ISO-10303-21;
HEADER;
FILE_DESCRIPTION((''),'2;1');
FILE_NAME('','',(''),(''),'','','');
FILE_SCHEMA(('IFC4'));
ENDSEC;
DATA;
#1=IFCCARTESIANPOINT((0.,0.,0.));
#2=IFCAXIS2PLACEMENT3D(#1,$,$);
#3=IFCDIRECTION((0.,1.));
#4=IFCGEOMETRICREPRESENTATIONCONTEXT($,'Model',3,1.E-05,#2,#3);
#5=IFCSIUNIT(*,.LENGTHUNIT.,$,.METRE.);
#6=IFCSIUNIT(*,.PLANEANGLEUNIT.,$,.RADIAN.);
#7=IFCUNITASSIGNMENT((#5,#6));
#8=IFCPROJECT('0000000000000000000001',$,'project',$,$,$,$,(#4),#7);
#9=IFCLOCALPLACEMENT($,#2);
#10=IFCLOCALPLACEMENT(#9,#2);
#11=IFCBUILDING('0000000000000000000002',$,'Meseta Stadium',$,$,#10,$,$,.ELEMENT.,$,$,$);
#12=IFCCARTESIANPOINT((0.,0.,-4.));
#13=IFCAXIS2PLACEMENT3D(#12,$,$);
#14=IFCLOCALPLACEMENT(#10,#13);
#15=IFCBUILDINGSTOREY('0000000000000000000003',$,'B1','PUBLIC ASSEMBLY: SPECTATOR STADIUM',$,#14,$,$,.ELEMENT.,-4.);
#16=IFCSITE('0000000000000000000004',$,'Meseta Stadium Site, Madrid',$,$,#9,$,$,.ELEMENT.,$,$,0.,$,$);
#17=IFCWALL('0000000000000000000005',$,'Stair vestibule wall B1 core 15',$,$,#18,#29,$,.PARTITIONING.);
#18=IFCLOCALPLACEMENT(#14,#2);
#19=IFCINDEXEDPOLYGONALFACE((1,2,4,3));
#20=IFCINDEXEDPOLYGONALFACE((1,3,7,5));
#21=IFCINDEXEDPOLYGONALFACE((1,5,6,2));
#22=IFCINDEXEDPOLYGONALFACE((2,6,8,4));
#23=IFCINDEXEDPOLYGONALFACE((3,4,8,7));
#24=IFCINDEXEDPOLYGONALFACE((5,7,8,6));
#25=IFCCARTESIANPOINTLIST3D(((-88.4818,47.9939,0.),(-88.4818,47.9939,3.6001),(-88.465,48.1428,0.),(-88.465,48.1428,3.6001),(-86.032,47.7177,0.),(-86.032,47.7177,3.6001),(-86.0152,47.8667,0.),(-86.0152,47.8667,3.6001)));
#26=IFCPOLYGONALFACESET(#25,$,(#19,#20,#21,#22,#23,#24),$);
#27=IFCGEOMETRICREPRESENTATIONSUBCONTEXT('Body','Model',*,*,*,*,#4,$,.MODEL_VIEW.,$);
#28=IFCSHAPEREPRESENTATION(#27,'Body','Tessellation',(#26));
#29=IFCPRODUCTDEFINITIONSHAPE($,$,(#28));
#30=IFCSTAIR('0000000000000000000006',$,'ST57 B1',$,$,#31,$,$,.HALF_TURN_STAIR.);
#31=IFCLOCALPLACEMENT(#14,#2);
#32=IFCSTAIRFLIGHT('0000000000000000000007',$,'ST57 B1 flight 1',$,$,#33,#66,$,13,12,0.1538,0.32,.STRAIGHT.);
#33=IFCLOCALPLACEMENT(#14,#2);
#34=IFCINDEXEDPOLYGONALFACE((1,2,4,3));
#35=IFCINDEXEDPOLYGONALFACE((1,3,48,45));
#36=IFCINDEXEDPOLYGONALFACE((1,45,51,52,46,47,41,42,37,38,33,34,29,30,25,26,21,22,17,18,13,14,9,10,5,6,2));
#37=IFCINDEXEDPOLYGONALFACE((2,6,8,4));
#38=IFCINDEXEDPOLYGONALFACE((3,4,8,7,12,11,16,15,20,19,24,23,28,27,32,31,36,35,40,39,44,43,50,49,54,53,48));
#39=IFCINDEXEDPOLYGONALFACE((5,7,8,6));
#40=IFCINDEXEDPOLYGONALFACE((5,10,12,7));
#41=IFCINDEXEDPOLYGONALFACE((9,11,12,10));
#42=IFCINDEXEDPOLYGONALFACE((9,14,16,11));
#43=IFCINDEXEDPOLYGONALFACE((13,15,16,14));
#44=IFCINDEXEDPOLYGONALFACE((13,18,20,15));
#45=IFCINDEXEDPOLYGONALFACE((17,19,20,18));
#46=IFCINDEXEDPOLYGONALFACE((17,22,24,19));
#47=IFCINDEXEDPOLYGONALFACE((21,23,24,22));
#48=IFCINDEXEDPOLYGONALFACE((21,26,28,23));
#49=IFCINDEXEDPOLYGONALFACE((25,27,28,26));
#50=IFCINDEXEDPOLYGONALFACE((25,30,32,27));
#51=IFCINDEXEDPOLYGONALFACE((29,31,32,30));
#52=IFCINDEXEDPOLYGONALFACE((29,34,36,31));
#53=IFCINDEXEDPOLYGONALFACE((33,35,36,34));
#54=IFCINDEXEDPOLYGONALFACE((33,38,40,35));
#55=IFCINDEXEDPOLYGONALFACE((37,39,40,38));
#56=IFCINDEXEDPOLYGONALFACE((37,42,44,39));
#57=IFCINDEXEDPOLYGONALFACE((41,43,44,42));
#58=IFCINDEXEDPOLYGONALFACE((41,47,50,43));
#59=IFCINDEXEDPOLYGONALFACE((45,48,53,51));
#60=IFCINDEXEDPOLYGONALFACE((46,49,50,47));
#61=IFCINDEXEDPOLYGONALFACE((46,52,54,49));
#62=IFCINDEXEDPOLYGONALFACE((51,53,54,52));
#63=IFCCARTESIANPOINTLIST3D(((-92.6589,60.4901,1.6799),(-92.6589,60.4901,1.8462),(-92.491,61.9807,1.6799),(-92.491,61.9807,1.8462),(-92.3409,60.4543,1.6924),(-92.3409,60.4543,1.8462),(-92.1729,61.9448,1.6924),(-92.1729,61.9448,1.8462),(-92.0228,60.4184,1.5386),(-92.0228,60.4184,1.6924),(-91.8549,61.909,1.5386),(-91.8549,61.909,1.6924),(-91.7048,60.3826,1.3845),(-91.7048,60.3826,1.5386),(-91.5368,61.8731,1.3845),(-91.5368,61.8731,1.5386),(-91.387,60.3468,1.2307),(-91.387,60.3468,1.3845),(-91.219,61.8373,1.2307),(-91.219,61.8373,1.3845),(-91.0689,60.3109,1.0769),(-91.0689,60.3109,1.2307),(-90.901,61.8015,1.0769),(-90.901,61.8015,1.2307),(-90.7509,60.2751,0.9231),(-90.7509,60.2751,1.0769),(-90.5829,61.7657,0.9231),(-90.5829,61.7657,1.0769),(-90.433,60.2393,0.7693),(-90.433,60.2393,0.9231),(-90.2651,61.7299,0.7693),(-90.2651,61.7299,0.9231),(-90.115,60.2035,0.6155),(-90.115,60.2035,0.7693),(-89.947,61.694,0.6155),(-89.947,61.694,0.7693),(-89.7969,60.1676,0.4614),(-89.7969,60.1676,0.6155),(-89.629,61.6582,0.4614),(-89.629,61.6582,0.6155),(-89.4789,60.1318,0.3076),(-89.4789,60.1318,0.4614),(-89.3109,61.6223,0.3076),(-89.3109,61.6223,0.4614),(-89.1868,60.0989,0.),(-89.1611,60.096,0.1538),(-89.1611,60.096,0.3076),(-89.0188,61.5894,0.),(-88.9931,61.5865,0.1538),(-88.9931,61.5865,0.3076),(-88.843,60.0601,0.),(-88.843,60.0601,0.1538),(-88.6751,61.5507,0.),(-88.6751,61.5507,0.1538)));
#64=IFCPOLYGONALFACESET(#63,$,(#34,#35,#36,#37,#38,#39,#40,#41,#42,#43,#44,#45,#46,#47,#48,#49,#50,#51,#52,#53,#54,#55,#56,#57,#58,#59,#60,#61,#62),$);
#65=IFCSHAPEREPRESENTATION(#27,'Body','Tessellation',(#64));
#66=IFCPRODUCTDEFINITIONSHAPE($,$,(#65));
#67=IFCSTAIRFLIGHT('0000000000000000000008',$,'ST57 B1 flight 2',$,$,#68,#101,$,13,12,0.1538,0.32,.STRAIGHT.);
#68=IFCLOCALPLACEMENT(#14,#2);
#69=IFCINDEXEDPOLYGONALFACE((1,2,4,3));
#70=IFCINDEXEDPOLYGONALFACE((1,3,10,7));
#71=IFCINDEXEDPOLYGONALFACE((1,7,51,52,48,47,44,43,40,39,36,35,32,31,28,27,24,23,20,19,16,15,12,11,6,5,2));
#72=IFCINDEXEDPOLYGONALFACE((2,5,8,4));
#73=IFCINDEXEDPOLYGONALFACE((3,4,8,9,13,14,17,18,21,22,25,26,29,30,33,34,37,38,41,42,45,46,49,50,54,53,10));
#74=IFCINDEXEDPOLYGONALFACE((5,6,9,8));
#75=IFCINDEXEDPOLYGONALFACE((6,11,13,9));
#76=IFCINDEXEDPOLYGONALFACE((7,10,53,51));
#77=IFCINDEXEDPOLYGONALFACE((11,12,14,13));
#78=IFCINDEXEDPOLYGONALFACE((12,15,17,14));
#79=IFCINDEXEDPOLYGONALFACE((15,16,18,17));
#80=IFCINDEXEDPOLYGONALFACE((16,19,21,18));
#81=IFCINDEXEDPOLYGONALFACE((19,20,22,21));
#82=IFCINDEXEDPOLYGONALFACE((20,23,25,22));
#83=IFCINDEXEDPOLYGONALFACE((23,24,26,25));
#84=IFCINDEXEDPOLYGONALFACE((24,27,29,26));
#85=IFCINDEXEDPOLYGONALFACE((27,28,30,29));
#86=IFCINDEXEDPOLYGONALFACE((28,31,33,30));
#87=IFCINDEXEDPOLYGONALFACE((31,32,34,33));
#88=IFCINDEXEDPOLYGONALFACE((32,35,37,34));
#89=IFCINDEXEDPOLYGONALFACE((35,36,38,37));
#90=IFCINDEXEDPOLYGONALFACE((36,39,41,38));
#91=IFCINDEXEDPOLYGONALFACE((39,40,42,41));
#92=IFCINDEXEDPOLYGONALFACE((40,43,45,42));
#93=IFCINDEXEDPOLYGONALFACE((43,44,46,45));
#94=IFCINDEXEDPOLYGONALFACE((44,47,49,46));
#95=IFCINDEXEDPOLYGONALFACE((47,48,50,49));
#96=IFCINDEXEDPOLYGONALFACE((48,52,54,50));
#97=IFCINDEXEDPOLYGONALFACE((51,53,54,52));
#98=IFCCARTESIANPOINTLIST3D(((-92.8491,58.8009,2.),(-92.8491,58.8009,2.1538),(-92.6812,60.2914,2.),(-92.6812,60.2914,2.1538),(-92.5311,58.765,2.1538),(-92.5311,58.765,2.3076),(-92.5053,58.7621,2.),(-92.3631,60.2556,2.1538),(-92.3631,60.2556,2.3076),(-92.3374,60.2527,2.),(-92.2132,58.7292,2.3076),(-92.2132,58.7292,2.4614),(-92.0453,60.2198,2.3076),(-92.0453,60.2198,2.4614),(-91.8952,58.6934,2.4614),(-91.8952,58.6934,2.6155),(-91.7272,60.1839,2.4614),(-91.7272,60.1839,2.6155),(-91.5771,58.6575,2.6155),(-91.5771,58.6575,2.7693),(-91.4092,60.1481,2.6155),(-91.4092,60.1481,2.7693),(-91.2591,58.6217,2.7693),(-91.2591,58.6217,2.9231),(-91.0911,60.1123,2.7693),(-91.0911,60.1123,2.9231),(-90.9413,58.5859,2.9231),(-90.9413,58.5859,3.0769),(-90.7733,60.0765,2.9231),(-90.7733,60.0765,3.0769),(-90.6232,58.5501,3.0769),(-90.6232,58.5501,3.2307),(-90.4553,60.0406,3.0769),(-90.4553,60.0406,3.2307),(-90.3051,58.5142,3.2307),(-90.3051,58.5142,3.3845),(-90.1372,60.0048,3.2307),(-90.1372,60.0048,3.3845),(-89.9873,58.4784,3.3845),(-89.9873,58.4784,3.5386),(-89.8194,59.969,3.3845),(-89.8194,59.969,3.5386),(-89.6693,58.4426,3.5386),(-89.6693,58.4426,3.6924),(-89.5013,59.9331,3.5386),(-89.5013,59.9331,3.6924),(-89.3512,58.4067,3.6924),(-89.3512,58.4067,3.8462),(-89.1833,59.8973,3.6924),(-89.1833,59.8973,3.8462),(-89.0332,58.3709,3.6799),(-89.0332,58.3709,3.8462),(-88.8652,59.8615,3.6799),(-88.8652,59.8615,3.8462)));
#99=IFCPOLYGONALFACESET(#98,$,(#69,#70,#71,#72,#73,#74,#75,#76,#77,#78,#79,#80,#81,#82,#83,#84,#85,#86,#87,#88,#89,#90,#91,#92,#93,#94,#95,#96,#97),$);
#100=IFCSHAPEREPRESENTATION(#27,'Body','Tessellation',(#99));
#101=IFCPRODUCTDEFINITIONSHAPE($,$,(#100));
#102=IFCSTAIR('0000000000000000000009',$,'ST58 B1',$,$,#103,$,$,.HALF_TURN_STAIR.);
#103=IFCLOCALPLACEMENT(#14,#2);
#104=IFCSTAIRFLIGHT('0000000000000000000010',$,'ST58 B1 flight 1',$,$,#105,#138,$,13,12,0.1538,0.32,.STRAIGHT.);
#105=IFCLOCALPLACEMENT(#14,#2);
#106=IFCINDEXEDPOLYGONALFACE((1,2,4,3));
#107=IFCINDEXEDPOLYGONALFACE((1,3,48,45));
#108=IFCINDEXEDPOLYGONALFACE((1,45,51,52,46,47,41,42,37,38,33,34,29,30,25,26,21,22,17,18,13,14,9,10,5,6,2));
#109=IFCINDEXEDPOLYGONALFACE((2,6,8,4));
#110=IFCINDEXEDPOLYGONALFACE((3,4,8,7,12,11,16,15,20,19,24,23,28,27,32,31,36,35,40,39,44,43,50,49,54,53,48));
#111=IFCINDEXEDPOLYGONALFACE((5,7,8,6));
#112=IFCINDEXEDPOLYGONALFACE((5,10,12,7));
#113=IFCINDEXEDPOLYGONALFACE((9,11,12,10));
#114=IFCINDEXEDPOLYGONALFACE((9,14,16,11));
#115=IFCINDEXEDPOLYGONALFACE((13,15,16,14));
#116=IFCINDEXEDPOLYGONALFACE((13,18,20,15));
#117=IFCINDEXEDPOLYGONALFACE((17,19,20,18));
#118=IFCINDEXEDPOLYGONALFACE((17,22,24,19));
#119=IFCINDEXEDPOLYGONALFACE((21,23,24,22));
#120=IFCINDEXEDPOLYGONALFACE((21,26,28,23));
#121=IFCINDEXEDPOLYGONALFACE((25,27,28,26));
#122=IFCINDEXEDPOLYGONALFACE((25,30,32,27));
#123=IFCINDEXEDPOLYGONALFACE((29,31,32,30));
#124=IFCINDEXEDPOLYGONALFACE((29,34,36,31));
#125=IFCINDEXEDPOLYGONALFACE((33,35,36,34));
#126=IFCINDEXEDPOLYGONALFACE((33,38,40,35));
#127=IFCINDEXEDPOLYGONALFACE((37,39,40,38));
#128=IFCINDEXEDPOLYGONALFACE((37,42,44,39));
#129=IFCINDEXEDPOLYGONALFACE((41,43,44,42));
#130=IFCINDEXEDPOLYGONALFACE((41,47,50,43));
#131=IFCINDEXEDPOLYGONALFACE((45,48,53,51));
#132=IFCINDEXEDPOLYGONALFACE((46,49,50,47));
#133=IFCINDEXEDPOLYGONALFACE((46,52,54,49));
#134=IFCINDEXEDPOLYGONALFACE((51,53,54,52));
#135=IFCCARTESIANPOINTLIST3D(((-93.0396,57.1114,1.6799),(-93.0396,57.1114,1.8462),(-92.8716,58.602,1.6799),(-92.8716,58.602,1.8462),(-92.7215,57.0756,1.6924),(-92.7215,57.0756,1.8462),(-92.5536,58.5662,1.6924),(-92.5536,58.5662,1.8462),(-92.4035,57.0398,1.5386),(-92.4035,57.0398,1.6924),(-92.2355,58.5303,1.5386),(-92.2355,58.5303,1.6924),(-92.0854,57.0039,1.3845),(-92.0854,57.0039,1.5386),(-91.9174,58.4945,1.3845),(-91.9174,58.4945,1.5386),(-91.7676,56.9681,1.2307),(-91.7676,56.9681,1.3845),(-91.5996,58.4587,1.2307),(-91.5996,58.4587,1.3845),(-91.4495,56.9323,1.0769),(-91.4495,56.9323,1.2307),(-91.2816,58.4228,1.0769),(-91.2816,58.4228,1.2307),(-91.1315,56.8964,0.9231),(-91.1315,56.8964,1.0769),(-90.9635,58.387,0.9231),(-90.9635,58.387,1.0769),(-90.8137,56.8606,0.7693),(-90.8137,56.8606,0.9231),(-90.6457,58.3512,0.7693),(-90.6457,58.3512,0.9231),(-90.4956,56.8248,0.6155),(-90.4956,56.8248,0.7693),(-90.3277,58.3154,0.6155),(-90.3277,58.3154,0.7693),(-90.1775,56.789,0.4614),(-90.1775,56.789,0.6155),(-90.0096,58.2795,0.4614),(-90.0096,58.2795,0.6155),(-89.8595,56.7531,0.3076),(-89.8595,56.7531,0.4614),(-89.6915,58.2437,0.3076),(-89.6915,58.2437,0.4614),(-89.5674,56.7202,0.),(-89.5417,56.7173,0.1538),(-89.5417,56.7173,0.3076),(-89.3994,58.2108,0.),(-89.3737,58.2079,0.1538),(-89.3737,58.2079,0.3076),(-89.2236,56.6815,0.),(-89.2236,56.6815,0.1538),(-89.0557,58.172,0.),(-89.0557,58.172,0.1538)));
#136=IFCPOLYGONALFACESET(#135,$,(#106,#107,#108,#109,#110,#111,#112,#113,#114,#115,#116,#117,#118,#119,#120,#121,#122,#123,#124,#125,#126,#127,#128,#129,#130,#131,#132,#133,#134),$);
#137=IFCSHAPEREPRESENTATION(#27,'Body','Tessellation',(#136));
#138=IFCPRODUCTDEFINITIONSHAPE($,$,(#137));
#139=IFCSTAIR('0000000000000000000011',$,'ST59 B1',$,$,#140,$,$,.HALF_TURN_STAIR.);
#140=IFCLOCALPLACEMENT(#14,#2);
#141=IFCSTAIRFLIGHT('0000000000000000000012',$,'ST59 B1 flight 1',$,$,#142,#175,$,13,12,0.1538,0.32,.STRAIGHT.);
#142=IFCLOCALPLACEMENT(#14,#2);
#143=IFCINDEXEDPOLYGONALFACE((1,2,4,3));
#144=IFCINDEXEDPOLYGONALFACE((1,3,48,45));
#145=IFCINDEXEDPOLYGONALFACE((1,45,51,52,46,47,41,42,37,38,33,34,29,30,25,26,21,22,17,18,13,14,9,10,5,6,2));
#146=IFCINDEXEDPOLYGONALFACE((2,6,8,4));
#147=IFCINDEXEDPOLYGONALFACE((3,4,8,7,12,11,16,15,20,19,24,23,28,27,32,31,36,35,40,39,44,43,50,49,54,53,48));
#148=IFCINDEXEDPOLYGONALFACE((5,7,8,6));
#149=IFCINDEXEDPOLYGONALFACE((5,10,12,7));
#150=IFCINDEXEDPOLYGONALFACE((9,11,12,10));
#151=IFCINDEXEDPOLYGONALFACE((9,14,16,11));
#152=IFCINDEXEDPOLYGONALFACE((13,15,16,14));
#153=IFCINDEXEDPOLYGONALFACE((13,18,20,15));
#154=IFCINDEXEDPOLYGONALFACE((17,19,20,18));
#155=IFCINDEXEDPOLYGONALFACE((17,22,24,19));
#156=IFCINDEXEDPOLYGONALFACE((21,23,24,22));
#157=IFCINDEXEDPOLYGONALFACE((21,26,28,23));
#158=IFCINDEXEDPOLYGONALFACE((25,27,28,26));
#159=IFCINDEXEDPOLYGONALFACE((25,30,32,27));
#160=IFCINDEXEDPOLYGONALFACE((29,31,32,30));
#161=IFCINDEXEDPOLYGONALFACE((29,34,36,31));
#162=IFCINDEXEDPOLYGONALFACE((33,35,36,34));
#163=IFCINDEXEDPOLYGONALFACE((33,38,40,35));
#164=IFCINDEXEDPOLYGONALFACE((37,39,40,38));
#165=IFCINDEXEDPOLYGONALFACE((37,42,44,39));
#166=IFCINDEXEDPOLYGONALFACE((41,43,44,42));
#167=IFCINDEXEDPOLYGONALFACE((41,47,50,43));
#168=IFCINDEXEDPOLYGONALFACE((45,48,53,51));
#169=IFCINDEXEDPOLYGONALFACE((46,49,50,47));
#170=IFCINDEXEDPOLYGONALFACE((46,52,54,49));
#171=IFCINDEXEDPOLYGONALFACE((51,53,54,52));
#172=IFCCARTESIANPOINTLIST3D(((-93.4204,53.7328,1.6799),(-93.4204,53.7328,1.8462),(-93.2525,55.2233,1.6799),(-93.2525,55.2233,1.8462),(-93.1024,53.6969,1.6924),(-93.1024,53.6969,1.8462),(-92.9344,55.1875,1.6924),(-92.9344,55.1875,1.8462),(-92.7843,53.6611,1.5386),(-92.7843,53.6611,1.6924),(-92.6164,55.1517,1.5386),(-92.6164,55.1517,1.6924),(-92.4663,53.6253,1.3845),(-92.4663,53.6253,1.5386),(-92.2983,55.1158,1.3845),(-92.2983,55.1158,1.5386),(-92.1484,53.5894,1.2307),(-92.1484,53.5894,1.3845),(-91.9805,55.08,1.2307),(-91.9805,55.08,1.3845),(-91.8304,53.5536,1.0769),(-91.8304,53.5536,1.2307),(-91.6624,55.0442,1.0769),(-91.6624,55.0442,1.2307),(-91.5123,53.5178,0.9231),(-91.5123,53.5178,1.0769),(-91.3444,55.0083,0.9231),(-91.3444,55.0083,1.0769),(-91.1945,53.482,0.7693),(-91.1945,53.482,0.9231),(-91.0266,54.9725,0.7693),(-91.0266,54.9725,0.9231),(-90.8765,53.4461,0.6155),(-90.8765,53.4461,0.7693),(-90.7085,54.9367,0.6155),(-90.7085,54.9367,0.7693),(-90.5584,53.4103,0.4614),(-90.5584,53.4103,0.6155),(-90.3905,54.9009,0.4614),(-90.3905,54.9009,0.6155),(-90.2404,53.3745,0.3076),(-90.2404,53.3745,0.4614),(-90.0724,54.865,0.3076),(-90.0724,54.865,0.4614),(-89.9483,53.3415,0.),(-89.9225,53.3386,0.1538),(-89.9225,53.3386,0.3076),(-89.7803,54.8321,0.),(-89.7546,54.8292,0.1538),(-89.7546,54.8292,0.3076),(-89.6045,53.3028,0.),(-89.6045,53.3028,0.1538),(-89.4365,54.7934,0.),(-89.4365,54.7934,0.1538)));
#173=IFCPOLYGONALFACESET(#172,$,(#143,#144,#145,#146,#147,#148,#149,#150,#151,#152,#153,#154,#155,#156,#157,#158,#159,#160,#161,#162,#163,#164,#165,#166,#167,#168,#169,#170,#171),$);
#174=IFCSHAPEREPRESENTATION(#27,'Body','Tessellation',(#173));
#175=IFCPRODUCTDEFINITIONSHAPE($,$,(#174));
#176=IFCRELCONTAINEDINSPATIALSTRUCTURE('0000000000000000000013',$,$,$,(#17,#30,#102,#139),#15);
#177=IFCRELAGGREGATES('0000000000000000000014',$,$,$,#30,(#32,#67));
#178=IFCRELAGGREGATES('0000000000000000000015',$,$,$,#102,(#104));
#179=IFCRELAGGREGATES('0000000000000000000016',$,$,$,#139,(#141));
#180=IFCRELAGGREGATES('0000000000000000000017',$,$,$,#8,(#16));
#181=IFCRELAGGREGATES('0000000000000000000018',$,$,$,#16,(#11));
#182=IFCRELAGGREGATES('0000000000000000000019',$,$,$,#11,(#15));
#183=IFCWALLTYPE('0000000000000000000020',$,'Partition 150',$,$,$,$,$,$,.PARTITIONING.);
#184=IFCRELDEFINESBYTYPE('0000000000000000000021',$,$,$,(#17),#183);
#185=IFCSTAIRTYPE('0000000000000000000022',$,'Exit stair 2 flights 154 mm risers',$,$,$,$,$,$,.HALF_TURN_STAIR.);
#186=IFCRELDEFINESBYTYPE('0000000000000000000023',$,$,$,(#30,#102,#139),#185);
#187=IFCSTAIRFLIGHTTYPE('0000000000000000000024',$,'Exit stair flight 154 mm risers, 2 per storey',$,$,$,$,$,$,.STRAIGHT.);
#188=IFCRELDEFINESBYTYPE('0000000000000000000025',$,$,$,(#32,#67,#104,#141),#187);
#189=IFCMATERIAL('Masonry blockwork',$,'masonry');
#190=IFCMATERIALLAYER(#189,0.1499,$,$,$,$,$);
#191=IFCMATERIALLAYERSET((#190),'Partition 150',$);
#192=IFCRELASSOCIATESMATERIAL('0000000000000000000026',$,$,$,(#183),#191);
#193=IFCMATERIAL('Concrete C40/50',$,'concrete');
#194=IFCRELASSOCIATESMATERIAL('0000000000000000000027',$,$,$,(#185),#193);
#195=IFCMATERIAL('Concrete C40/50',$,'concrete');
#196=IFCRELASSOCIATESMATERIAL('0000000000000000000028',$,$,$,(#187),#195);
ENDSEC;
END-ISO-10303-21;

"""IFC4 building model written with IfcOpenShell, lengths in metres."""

from ifc_helpers import new_model, si_unit, direction, frame, frame_2d, origin, place, context, subcontext, project, spatial, polyline, rectangle, outline, extrude, material, layer, layer_set, type_object, element, aggregate, save


model = new_model("IFC4")

# Units and contexts
model_context = context("Model", 3, precision=1e-05, world=origin(), true_north=direction((0.0, 1.0)))
body_context = subcontext(model_context, "Body", "Model", "MODEL_VIEW")
ifc_project = project(units=[si_unit("LENGTHUNIT", "METRE"), si_unit("PLANEANGLEUNIT", "RADIAN")], contexts=[model_context])

# Site, building, storey
site_placement = place(None, origin())
site = spatial("IfcSite", under=ifc_project, at=site_placement, Name="Meseta Stadium Site, Madrid", CompositionType="ELEMENT", RefElevation=0.0)
building_placement = place(site_placement, origin())
building = spatial("IfcBuilding", under=site, at=building_placement, Name="Meseta Stadium", CompositionType="ELEMENT")
storey_placement = place(building_placement, frame((0.0, 0.0, -4.0)))
storey = spatial("IfcBuildingStorey", under=building, at=storey_placement, Name="B1", Description="PUBLIC ASSEMBLY: SPECTATOR STADIUM", CompositionType="ELEMENT", Elevation=-4.0)

# Wall
ifc_material_1 = material(Name="Masonry blockwork", Category="masonry")
ifc_layer = layer(ifc_material_1, 0.1499)
ifc_layer_set = layer_set([ifc_layer], Name="Partition 150")
wall_type = type_object("IfcWallType", Name="Partition 150", PredefinedType="PARTITIONING", material=ifc_layer_set)
wall_placement = place(storey_placement, frame((-88.4734, 48.0684, 0.0), z_axis=(0.0, 0.0, 1.0), x_axis=(0.993707, -0.112007, 0.0)))
element("IfcWall", 1, at=wall_placement, inside=storey, type_object=wall_type, Name="Stair vestibule wall B1 core 15", PredefinedType="PARTITIONING", context=body_context, shape_type="SweptSolid", body=[
    extrude(rectangle(XDim=2.4653, YDim=0.1499, at=frame_2d((1.2327, 0.0))), origin(), (0.0, 0.0, 1.0), 3.6001),
])

# Stair, stair flights
ifc_material_2 = material(Name="Concrete C40/50", Category="concrete")
stair_type = type_object("IfcStairType", Name="Exit stair 2 flights 154 mm risers", PredefinedType="HALF_TURN_STAIR", material=ifc_material_2)
stair_1_placement = place(storey_placement, origin())
stair_1 = element("IfcStair", 2, at=stair_1_placement, inside=storey, type_object=stair_type, Name="ST57 B1", PredefinedType="HALF_TURN_STAIR")
ifc_material_3 = material(Name="Concrete C40/50", Category="concrete")
stair_flight_type = type_object("IfcStairFlightType", Name="Exit stair flight 154 mm risers, 2 per storey", PredefinedType="STRAIGHT", material=ifc_material_3)
stair_flight_1_placement = place(storey_placement, frame((-88.759, 60.8054, 0.0), z_axis=(0.0, 0.0, 1.0), x_axis=(-0.993712, 0.111964, 0.0)))
stair_flight_1 = element("IfcStairFlight", 3, at=stair_flight_1_placement, type_object=stair_flight_type, Name="ST57 B1 flight 1", NumberOfRisers=13, NumberOfTreads=12, PredefinedType="STRAIGHT", RiserHeight=0.1538, TreadLength=0.32, context=body_context, shape_type="SweptSolid", body=[
    extrude(outline(polyline([(0.0, 0.0), (0.0, 0.1538), (0.3201, 0.1538), (0.3201, 0.3076), (0.6399, 0.3076), (0.6399, 0.4614), (0.96, 0.4614), (0.96, 0.6155), (1.28, 0.6155), (1.28, 0.7693), (1.6001, 0.7693), (1.6001, 0.9231), (1.9199, 0.9231), (1.9199, 1.0769), (2.24, 1.0769), (2.24, 1.2307), (2.5601, 1.2307), (2.5601, 1.3845), (2.8799, 1.3845), (2.8799, 1.5386), (3.2, 1.5386), (3.2, 1.6924), (3.52, 1.6924), (3.52, 1.8462), (3.8401, 1.8462), (3.8401, 1.6799), (0.3459, 0.0), (0.0, 0.0)])), frame((0.0, 0.75, 0.0), z_axis=(0.0, -1.0, 0.0), x_axis=(1.0, 0.0, 0.0)), (0.0, 0.0, 1.0), 1.5),
])
stair_flight_2_placement = place(storey_placement, frame((-92.7651, 59.5461, 2.0), z_axis=(0.0, 0.0, 1.0), x_axis=(0.993712, -0.111964, 0.0)))
stair_flight_2 = element("IfcStairFlight", 4, at=stair_flight_2_placement, type_object=stair_flight_type, Name="ST57 B1 flight 2", NumberOfRisers=13, NumberOfTreads=12, PredefinedType="STRAIGHT", RiserHeight=0.1538, TreadLength=0.32, context=body_context, shape_type="SweptSolid", body=[
    extrude(outline(polyline([(0.0, 0.0), (0.0, 0.1538), (0.3201, 0.1538), (0.3201, 0.3076), (0.6399, 0.3076), (0.6399, 0.4614), (0.96, 0.4614), (0.96, 0.6155), (1.28, 0.6155), (1.28, 0.7693), (1.6001, 0.7693), (1.6001, 0.9231), (1.9199, 0.9231), (1.9199, 1.0769), (2.24, 1.0769), (2.24, 1.2307), (2.5601, 1.2307), (2.5601, 1.3845), (2.8799, 1.3845), (2.8799, 1.5386), (3.2, 1.5386), (3.2, 1.6924), (3.52, 1.6924), (3.52, 1.8462), (3.8401, 1.8462), (3.8401, 1.6799), (0.3459, 0.0), (0.0, 0.0)])), frame((0.0, 0.75, 0.0), z_axis=(0.0, -1.0, 0.0), x_axis=(1.0, 0.0, 0.0)), (0.0, 0.0, 1.0), 1.5),
])
aggregate(stair_1, [stair_flight_1, stair_flight_2])

# Stairs, stair flights
stair_2_placement = place(storey_placement, origin())
stair_2 = element("IfcStair", 5, at=stair_2_placement, inside=storey, type_object=stair_type, Name="ST58 B1", PredefinedType="HALF_TURN_STAIR")
stair_flight_3_placement = place(storey_placement, frame((-89.1396, 57.4268, 0.0), z_axis=(0.0, 0.0, 1.0), x_axis=(-0.993712, 0.111964, 0.0)))
stair_flight_3 = element("IfcStairFlight", 6, at=stair_flight_3_placement, type_object=stair_flight_type, Name="ST58 B1 flight 1", NumberOfRisers=13, NumberOfTreads=12, PredefinedType="STRAIGHT", RiserHeight=0.1538, TreadLength=0.32, context=body_context, shape_type="SweptSolid", body=[
    extrude(outline(polyline([(0.0, 0.0), (0.0, 0.1538), (0.3201, 0.1538), (0.3201, 0.3076), (0.6399, 0.3076), (0.6399, 0.4614), (0.96, 0.4614), (0.96, 0.6155), (1.28, 0.6155), (1.28, 0.7693), (1.6001, 0.7693), (1.6001, 0.9231), (1.9199, 0.9231), (1.9199, 1.0769), (2.24, 1.0769), (2.24, 1.2307), (2.5601, 1.2307), (2.5601, 1.3845), (2.8799, 1.3845), (2.8799, 1.5386), (3.2, 1.5386), (3.2, 1.6924), (3.52, 1.6924), (3.52, 1.8462), (3.8401, 1.8462), (3.8401, 1.6799), (0.3459, 0.0), (0.0, 0.0)])), frame((0.0, 0.75, 0.0), z_axis=(0.0, -1.0, 0.0), x_axis=(1.0, 0.0, 0.0)), (0.0, 0.0, 1.0), 1.5),
])
aggregate(stair_2, [stair_flight_3])
stair_3_placement = place(storey_placement, origin())
stair_3 = element("IfcStair", 7, at=stair_3_placement, inside=storey, type_object=stair_type, Name="ST59 B1", PredefinedType="HALF_TURN_STAIR")
stair_flight_4_placement = place(storey_placement, frame((-89.5205, 54.0481, 0.0), z_axis=(0.0, 0.0, 1.0), x_axis=(-0.993712, 0.111964, 0.0)))
stair_flight_4 = element("IfcStairFlight", 8, at=stair_flight_4_placement, type_object=stair_flight_type, Name="ST59 B1 flight 1", NumberOfRisers=13, NumberOfTreads=12, PredefinedType="STRAIGHT", RiserHeight=0.1538, TreadLength=0.32, context=body_context, shape_type="SweptSolid", body=[
    extrude(outline(polyline([(0.0, 0.0), (0.0, 0.1538), (0.3201, 0.1538), (0.3201, 0.3076), (0.6399, 0.3076), (0.6399, 0.4614), (0.96, 0.4614), (0.96, 0.6155), (1.28, 0.6155), (1.28, 0.7693), (1.6001, 0.7693), (1.6001, 0.9231), (1.9199, 0.9231), (1.9199, 1.0769), (2.24, 1.0769), (2.24, 1.2307), (2.5601, 1.2307), (2.5601, 1.3845), (2.8799, 1.3845), (2.8799, 1.5386), (3.2, 1.5386), (3.2, 1.6924), (3.52, 1.6924), (3.52, 1.8462), (3.8401, 1.8462), (3.8401, 1.6799), (0.3459, 0.0), (0.0, 0.0)])), frame((0.0, 0.75, 0.0), z_axis=(0.0, -1.0, 0.0), x_axis=(1.0, 0.0, 0.0)), (0.0, 0.0, 1.0), 1.5),
])
aggregate(stair_3, [stair_flight_4])

save(model, "model.ifc")
